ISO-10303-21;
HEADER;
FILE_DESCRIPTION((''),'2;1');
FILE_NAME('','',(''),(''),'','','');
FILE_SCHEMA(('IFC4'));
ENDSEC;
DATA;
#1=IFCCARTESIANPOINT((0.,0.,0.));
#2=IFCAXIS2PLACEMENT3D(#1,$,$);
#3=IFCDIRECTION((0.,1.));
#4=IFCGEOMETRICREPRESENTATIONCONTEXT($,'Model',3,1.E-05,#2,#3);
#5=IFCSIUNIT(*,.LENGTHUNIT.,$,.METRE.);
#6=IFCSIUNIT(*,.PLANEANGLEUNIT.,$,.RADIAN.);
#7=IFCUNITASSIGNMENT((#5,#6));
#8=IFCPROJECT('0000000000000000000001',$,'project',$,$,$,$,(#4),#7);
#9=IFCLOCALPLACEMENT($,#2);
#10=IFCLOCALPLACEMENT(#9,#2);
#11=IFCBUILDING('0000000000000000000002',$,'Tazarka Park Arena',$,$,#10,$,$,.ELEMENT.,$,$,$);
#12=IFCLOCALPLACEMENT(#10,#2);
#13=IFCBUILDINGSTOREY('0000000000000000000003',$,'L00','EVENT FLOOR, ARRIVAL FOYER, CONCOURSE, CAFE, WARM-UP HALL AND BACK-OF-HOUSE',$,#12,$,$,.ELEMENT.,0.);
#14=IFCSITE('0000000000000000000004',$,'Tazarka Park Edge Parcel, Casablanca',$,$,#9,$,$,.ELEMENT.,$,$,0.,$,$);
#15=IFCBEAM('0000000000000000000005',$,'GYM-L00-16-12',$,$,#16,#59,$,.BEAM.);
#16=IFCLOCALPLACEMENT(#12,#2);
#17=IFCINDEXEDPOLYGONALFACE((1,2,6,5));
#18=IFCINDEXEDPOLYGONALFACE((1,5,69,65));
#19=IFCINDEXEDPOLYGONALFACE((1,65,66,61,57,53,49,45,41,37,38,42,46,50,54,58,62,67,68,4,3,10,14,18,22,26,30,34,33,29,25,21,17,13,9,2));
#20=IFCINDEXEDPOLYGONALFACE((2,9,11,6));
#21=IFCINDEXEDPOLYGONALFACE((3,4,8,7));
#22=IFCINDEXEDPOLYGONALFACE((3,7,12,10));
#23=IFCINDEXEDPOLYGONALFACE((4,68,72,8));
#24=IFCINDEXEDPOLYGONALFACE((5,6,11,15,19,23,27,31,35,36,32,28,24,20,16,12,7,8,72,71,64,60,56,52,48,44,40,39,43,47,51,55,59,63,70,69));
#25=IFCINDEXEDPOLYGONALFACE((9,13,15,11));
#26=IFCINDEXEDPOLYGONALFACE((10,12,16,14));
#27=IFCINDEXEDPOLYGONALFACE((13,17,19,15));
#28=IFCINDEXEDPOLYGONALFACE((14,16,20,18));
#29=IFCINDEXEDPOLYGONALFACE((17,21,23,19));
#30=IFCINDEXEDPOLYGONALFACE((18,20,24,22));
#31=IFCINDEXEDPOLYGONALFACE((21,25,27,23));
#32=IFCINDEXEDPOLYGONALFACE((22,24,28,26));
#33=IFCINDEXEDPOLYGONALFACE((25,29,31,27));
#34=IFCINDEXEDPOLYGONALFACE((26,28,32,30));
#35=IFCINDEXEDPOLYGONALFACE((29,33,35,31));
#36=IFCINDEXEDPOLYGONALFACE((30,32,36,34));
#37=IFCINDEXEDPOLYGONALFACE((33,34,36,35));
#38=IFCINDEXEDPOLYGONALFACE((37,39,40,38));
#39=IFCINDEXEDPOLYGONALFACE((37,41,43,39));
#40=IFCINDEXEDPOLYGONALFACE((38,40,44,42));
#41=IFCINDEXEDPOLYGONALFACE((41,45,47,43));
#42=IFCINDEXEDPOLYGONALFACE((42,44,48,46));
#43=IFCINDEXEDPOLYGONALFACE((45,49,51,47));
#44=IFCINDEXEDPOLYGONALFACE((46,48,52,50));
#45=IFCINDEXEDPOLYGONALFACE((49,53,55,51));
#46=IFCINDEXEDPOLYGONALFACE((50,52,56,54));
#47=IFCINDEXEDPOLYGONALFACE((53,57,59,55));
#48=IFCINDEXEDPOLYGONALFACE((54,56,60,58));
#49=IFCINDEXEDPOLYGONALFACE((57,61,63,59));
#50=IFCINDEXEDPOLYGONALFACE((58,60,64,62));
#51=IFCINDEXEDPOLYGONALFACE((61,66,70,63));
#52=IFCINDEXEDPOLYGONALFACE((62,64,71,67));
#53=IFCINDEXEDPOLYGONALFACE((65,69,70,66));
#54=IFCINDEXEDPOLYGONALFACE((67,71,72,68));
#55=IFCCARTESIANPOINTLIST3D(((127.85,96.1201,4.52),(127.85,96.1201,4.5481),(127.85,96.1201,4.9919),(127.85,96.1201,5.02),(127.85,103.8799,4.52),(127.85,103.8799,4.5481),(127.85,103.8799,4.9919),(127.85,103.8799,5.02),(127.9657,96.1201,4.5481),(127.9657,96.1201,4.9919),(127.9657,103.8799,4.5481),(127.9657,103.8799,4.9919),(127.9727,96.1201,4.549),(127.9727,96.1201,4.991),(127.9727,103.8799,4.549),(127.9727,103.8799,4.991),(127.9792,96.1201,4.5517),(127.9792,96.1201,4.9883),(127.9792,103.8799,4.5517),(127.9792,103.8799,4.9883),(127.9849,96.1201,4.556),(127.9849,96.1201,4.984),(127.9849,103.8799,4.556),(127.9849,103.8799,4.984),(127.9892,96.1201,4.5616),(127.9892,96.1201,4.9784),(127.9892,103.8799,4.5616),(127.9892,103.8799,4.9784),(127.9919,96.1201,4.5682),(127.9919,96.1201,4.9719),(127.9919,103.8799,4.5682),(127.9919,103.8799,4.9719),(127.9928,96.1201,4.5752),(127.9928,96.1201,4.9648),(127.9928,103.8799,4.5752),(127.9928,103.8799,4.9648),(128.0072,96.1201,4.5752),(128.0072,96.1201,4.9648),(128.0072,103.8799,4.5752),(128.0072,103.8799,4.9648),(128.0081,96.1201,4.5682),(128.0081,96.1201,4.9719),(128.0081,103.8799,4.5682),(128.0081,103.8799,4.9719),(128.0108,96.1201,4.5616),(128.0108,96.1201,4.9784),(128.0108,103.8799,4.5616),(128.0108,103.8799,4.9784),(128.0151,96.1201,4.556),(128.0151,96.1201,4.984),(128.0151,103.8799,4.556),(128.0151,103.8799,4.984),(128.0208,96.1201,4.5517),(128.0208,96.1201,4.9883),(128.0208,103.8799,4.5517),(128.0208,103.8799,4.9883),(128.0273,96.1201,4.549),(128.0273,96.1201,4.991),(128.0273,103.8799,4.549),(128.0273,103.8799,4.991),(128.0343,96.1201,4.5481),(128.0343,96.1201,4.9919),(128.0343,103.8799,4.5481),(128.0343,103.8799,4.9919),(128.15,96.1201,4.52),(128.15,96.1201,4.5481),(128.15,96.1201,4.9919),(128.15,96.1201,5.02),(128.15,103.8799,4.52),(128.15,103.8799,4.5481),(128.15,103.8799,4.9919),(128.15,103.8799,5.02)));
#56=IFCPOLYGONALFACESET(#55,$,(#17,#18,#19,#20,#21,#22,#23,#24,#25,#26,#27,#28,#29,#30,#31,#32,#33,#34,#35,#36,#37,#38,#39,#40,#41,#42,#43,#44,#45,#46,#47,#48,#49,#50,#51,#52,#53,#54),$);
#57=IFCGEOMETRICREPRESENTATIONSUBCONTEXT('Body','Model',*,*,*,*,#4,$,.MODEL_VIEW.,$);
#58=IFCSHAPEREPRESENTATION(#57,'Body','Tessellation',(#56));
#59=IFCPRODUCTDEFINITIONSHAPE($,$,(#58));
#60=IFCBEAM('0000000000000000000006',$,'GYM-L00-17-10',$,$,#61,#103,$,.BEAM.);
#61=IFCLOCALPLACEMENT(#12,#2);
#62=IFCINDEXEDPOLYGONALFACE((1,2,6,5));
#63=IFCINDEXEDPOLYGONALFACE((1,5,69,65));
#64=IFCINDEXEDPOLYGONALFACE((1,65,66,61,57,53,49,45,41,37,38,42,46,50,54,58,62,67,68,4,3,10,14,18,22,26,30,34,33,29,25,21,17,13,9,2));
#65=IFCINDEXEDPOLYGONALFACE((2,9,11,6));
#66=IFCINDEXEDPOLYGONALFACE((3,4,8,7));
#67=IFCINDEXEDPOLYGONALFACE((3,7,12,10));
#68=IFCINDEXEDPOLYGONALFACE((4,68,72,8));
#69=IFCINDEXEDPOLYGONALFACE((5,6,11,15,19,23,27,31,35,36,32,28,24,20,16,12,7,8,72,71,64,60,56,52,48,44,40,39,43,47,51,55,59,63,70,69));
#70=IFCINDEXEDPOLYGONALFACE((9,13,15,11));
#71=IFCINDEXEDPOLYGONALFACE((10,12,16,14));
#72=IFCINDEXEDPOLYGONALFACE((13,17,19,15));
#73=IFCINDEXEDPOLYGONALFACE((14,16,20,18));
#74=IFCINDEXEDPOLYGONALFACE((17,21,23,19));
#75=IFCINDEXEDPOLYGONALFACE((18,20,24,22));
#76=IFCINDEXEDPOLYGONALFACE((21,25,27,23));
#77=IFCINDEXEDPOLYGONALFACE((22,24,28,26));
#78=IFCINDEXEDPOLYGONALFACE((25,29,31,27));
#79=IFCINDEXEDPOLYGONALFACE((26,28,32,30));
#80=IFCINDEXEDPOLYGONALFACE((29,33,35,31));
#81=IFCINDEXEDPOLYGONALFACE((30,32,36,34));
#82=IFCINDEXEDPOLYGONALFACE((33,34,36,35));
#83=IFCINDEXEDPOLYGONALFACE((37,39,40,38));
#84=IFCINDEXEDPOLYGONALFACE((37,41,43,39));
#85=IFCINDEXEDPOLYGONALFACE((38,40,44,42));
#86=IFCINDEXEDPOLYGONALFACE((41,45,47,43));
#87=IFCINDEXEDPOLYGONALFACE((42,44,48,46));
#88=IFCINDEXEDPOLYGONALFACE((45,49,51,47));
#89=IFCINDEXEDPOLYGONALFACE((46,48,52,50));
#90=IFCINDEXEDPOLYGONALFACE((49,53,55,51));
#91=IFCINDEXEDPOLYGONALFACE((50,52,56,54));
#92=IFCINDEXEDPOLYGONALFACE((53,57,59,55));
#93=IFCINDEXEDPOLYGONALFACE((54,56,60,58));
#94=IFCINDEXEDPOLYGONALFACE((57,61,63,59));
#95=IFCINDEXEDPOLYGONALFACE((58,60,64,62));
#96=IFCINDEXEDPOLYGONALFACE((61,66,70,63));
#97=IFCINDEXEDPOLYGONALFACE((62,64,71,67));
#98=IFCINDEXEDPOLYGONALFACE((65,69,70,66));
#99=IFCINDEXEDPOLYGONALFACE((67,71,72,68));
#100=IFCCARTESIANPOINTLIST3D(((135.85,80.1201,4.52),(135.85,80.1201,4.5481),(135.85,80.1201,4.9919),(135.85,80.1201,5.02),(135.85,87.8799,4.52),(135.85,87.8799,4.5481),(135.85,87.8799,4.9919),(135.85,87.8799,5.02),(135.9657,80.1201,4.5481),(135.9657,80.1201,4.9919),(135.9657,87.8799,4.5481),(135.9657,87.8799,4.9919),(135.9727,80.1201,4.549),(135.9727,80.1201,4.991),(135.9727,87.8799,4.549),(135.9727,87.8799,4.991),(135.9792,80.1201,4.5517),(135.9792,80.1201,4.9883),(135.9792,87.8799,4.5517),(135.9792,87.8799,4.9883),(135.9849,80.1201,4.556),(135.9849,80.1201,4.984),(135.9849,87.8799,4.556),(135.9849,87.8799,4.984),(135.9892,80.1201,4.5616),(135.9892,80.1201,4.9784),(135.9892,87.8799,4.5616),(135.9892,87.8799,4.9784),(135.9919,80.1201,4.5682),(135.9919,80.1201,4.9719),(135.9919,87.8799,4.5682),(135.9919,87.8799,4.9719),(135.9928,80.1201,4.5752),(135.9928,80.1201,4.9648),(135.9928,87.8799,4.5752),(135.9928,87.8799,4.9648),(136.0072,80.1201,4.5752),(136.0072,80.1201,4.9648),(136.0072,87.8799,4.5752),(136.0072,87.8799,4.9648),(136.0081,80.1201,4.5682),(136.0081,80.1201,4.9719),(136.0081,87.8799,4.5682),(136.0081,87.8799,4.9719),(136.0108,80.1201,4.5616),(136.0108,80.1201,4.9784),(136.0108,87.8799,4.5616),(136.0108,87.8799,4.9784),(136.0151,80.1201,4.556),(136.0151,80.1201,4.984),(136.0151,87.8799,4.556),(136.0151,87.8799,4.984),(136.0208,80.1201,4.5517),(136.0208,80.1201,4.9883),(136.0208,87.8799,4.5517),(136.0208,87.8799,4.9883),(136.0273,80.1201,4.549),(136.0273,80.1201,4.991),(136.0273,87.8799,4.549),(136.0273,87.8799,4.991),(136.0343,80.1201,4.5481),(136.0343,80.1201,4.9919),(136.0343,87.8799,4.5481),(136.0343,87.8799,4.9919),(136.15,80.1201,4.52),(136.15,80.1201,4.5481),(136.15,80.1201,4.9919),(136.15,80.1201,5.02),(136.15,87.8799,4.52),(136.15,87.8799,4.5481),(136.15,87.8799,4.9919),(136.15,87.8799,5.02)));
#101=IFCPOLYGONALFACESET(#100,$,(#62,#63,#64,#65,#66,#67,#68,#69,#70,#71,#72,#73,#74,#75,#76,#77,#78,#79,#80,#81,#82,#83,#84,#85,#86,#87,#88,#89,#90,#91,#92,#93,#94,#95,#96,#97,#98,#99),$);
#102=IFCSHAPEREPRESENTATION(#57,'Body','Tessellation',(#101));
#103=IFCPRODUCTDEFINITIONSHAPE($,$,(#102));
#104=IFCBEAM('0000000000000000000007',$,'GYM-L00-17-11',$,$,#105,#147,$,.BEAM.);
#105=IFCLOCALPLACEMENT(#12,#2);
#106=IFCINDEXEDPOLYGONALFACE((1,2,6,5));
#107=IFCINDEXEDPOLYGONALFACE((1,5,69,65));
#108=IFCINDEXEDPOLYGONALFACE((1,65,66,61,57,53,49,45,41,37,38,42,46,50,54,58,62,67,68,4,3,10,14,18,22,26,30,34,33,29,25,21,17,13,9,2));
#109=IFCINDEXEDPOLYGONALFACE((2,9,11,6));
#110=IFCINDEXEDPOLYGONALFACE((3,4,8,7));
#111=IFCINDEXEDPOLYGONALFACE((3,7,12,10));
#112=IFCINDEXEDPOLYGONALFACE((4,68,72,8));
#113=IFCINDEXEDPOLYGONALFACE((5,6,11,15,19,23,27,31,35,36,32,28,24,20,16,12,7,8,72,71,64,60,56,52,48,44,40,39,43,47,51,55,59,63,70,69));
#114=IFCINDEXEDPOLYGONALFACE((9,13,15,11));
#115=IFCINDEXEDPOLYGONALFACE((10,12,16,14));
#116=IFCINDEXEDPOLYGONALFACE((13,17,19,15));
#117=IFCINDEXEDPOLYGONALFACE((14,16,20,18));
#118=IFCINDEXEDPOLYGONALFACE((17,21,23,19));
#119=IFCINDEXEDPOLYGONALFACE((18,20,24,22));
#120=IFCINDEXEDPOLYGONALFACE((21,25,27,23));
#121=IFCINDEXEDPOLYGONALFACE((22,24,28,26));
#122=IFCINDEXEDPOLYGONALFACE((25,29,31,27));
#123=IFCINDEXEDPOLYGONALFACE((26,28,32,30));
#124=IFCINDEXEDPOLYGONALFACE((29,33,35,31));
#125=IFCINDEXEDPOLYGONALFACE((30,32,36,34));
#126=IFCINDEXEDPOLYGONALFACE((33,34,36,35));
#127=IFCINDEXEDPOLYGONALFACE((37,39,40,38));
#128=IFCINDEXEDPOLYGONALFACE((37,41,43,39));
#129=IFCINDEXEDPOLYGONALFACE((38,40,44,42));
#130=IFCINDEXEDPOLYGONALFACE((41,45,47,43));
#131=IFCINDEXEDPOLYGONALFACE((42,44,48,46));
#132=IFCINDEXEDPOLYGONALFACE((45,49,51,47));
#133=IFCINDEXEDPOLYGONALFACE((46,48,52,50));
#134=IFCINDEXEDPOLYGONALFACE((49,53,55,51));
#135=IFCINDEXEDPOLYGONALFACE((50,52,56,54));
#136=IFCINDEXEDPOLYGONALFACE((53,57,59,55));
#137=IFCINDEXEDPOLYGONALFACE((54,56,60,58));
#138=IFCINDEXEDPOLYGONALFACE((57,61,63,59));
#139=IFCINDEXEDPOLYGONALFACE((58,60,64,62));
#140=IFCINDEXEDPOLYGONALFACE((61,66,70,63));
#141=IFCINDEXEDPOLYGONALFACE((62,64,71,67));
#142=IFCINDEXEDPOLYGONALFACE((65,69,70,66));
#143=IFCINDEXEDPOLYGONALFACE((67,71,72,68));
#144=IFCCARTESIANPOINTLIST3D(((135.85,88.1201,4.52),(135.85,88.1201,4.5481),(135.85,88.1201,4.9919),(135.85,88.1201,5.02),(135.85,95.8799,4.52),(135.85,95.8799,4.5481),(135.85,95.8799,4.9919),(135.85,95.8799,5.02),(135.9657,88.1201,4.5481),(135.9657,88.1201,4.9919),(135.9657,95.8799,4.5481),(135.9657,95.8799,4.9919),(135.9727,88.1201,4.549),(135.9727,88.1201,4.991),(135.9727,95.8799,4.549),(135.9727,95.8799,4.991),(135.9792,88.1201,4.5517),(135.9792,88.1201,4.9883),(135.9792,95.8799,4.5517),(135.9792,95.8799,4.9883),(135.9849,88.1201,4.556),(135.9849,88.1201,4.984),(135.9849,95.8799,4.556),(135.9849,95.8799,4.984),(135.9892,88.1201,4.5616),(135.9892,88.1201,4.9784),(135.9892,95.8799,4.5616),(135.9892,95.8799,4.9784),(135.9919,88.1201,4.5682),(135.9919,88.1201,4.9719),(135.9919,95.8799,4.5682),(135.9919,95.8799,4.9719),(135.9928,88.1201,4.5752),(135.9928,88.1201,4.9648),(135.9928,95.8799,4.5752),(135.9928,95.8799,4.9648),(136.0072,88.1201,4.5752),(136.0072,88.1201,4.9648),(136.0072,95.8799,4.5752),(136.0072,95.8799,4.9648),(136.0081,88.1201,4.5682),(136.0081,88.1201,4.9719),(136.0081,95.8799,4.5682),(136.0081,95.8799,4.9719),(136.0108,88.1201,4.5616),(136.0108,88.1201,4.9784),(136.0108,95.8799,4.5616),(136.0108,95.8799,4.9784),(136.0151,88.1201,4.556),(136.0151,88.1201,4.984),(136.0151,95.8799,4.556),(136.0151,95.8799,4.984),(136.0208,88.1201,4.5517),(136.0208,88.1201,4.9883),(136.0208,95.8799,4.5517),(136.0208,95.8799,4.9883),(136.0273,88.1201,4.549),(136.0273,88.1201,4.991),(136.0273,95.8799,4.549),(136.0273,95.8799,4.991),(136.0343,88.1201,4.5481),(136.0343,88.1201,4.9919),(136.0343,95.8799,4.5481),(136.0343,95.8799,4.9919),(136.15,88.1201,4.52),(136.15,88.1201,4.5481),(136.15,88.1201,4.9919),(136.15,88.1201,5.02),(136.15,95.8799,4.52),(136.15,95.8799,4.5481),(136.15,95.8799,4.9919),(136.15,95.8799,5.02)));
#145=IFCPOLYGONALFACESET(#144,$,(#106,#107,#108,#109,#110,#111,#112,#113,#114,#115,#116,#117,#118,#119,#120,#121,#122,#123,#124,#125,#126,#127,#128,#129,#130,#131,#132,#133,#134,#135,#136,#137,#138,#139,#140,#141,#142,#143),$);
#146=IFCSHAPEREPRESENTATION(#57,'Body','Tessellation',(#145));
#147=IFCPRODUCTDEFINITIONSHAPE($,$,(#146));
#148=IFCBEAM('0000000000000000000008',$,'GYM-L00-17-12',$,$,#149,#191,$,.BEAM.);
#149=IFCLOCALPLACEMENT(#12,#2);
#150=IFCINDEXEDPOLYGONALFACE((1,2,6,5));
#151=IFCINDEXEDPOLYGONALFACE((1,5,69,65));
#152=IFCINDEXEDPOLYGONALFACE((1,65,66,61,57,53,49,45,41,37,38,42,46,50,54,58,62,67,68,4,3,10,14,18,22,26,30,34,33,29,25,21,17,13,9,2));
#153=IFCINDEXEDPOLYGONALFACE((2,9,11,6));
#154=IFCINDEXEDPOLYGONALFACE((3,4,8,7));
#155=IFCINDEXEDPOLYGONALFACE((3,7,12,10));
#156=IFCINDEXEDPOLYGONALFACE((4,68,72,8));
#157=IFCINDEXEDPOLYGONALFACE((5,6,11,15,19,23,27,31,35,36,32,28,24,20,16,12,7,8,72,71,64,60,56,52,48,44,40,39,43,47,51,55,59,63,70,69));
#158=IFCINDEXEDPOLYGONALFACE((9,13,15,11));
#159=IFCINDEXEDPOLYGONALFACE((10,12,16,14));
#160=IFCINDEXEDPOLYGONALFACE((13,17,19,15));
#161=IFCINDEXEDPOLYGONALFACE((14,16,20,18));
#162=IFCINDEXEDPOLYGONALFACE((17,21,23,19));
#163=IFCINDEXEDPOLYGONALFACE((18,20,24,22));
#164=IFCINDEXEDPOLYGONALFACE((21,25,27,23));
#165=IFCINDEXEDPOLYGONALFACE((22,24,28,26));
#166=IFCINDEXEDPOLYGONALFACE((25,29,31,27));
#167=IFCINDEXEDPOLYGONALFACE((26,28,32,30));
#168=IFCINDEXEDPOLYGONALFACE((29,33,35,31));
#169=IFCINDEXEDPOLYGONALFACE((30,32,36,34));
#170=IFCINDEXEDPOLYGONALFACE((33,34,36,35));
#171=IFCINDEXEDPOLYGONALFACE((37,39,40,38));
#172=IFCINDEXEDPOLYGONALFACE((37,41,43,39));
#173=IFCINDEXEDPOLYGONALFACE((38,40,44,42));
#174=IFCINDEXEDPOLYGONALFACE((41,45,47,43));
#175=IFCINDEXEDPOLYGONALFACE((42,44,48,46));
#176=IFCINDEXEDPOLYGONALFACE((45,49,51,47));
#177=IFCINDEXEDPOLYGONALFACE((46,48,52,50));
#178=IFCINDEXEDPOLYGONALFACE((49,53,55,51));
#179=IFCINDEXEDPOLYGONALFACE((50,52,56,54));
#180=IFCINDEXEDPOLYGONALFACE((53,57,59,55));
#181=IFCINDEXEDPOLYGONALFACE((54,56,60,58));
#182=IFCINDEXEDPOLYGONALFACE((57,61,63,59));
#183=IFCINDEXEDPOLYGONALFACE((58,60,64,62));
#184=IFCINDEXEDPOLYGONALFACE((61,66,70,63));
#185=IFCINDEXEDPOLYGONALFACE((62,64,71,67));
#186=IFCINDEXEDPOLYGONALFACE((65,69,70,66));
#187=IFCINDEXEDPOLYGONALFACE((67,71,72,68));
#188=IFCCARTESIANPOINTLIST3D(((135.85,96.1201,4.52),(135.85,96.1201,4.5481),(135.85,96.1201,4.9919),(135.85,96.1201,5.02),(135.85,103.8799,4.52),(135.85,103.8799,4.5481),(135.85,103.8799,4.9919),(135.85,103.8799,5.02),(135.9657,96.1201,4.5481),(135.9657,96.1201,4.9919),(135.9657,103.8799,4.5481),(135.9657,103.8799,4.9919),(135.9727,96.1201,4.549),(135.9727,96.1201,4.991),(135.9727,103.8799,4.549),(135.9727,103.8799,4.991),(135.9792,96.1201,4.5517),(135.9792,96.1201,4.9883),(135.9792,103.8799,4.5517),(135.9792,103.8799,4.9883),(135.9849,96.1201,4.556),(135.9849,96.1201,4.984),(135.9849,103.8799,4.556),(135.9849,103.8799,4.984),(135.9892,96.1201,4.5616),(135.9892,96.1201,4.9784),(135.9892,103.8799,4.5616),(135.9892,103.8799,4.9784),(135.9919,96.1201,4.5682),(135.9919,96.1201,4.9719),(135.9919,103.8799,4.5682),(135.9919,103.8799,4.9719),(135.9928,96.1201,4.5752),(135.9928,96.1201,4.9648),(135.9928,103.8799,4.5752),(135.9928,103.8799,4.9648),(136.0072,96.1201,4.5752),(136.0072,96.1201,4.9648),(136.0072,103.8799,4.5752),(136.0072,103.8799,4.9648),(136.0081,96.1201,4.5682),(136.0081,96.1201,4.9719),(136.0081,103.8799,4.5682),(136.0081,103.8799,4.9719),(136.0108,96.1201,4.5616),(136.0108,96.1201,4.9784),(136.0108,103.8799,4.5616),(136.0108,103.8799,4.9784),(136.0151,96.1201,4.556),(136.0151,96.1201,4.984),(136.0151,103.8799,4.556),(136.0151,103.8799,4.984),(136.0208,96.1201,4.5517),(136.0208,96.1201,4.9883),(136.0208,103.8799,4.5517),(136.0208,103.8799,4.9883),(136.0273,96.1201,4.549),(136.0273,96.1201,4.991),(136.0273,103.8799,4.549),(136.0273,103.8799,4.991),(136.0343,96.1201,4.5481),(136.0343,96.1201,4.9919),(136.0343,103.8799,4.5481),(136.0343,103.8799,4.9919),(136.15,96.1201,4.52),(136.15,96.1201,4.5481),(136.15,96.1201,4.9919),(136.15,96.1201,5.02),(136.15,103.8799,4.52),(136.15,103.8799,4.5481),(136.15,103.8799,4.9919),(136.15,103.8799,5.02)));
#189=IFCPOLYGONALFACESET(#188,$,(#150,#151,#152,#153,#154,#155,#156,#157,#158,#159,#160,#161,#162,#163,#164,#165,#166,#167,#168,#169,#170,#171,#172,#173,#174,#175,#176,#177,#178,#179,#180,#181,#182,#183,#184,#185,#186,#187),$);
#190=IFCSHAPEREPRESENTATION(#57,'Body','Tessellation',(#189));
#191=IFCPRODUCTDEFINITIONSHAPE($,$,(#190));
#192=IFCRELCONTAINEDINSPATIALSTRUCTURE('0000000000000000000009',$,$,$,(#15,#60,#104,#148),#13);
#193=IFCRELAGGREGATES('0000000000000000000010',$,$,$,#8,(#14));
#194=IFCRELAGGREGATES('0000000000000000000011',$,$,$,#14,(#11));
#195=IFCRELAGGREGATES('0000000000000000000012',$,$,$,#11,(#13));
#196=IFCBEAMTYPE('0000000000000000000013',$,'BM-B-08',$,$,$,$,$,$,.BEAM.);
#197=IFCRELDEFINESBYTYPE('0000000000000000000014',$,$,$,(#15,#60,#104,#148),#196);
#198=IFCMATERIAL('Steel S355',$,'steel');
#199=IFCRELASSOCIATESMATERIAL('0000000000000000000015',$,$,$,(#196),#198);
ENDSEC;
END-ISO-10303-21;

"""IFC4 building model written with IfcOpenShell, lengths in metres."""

from ifc_helpers import new_model, si_unit, direction, frame, origin, origin_2d, place, context, subcontext, project, spatial, i_section, extrude, material, material_profile, profile_set, type_object, element, save


model = new_model("IFC4")

# Units and contexts
model_context = context("Model", 3, precision=1e-05, world=origin(), true_north=direction((0.0, 1.0)))
body_context = subcontext(model_context, "Body", "Model", "MODEL_VIEW")
ifc_project = project(units=[si_unit("LENGTHUNIT", "METRE"), si_unit("PLANEANGLEUNIT", "RADIAN")], contexts=[model_context])

# Site, building, storey
site_placement = place(None, origin())
site = spatial("IfcSite", under=ifc_project, at=site_placement, Name="Tazarka Park Edge Parcel, Casablanca", CompositionType="ELEMENT", RefElevation=0.0)
building_placement = place(site_placement, origin())
building = spatial("IfcBuilding", under=site, at=building_placement, Name="Tazarka Park Arena", CompositionType="ELEMENT")
storey_placement = place(building_placement, origin())
storey = spatial("IfcBuildingStorey", under=building, at=storey_placement, Name="L00", Description="EVENT FLOOR, ARRIVAL FOYER, CONCOURSE, CAFE, WARM-UP HALL AND BACK-OF-HOUSE", CompositionType="ELEMENT", Elevation=0.0)

# Beams
ifc_material_1 = material(Name="Steel S355", Category="steel")
ifc_material_profile_1 = material_profile(ifc_material_1, i_section(OverallWidth=0.3, OverallDepth=0.5, WebThickness=0.0144, FlangeThickness=0.0281, FilletRadius=0.0271, at=origin_2d()), Name="Steel S355")
ifc_profile_set_1 = profile_set([ifc_material_profile_1], Name="Steel S355")
beam_type_1 = type_object("IfcBeamType", Name="BM-B-08", PredefinedType="BEAM", material=ifc_profile_set_1)
for number, where, z_axis, x_axis, name in (
    (1, (128.0, 96.1201, 4.77), (0.0, 1.0, 0.0), (-1.0, 0.0, 0.0), "GYM-L00-16-12"),
    (2, (136.0, 80.1201, 4.77), (0.0, 1.0, 0.0), (-1.0, 0.0, 0.0), "GYM-L00-17-10"),
    (3, (136.0, 88.1201, 4.77), (0.0, 1.0, 0.0), (-1.0, 0.0, 0.0), "GYM-L00-17-11"),
    (4, (136.0, 96.1201, 4.77), (0.0, 1.0, 0.0), (-1.0, 0.0, 0.0), "GYM-L00-17-12"),
):
    element("IfcBeam", number, at=place(storey_placement, frame(where, z_axis=z_axis, x_axis=x_axis)), inside=storey, type_object=beam_type_1, Name=name, PredefinedType="BEAM", context=body_context, shape_type="SweptSolid", body=[
        extrude(i_section(OverallWidth=0.3, OverallDepth=0.5, WebThickness=0.0144, FlangeThickness=0.0281, FilletRadius=0.0271, at=origin_2d()), origin(), (0.0, 0.0, 1.0), 7.7598),
    ])

save(model, "model.ifc")
